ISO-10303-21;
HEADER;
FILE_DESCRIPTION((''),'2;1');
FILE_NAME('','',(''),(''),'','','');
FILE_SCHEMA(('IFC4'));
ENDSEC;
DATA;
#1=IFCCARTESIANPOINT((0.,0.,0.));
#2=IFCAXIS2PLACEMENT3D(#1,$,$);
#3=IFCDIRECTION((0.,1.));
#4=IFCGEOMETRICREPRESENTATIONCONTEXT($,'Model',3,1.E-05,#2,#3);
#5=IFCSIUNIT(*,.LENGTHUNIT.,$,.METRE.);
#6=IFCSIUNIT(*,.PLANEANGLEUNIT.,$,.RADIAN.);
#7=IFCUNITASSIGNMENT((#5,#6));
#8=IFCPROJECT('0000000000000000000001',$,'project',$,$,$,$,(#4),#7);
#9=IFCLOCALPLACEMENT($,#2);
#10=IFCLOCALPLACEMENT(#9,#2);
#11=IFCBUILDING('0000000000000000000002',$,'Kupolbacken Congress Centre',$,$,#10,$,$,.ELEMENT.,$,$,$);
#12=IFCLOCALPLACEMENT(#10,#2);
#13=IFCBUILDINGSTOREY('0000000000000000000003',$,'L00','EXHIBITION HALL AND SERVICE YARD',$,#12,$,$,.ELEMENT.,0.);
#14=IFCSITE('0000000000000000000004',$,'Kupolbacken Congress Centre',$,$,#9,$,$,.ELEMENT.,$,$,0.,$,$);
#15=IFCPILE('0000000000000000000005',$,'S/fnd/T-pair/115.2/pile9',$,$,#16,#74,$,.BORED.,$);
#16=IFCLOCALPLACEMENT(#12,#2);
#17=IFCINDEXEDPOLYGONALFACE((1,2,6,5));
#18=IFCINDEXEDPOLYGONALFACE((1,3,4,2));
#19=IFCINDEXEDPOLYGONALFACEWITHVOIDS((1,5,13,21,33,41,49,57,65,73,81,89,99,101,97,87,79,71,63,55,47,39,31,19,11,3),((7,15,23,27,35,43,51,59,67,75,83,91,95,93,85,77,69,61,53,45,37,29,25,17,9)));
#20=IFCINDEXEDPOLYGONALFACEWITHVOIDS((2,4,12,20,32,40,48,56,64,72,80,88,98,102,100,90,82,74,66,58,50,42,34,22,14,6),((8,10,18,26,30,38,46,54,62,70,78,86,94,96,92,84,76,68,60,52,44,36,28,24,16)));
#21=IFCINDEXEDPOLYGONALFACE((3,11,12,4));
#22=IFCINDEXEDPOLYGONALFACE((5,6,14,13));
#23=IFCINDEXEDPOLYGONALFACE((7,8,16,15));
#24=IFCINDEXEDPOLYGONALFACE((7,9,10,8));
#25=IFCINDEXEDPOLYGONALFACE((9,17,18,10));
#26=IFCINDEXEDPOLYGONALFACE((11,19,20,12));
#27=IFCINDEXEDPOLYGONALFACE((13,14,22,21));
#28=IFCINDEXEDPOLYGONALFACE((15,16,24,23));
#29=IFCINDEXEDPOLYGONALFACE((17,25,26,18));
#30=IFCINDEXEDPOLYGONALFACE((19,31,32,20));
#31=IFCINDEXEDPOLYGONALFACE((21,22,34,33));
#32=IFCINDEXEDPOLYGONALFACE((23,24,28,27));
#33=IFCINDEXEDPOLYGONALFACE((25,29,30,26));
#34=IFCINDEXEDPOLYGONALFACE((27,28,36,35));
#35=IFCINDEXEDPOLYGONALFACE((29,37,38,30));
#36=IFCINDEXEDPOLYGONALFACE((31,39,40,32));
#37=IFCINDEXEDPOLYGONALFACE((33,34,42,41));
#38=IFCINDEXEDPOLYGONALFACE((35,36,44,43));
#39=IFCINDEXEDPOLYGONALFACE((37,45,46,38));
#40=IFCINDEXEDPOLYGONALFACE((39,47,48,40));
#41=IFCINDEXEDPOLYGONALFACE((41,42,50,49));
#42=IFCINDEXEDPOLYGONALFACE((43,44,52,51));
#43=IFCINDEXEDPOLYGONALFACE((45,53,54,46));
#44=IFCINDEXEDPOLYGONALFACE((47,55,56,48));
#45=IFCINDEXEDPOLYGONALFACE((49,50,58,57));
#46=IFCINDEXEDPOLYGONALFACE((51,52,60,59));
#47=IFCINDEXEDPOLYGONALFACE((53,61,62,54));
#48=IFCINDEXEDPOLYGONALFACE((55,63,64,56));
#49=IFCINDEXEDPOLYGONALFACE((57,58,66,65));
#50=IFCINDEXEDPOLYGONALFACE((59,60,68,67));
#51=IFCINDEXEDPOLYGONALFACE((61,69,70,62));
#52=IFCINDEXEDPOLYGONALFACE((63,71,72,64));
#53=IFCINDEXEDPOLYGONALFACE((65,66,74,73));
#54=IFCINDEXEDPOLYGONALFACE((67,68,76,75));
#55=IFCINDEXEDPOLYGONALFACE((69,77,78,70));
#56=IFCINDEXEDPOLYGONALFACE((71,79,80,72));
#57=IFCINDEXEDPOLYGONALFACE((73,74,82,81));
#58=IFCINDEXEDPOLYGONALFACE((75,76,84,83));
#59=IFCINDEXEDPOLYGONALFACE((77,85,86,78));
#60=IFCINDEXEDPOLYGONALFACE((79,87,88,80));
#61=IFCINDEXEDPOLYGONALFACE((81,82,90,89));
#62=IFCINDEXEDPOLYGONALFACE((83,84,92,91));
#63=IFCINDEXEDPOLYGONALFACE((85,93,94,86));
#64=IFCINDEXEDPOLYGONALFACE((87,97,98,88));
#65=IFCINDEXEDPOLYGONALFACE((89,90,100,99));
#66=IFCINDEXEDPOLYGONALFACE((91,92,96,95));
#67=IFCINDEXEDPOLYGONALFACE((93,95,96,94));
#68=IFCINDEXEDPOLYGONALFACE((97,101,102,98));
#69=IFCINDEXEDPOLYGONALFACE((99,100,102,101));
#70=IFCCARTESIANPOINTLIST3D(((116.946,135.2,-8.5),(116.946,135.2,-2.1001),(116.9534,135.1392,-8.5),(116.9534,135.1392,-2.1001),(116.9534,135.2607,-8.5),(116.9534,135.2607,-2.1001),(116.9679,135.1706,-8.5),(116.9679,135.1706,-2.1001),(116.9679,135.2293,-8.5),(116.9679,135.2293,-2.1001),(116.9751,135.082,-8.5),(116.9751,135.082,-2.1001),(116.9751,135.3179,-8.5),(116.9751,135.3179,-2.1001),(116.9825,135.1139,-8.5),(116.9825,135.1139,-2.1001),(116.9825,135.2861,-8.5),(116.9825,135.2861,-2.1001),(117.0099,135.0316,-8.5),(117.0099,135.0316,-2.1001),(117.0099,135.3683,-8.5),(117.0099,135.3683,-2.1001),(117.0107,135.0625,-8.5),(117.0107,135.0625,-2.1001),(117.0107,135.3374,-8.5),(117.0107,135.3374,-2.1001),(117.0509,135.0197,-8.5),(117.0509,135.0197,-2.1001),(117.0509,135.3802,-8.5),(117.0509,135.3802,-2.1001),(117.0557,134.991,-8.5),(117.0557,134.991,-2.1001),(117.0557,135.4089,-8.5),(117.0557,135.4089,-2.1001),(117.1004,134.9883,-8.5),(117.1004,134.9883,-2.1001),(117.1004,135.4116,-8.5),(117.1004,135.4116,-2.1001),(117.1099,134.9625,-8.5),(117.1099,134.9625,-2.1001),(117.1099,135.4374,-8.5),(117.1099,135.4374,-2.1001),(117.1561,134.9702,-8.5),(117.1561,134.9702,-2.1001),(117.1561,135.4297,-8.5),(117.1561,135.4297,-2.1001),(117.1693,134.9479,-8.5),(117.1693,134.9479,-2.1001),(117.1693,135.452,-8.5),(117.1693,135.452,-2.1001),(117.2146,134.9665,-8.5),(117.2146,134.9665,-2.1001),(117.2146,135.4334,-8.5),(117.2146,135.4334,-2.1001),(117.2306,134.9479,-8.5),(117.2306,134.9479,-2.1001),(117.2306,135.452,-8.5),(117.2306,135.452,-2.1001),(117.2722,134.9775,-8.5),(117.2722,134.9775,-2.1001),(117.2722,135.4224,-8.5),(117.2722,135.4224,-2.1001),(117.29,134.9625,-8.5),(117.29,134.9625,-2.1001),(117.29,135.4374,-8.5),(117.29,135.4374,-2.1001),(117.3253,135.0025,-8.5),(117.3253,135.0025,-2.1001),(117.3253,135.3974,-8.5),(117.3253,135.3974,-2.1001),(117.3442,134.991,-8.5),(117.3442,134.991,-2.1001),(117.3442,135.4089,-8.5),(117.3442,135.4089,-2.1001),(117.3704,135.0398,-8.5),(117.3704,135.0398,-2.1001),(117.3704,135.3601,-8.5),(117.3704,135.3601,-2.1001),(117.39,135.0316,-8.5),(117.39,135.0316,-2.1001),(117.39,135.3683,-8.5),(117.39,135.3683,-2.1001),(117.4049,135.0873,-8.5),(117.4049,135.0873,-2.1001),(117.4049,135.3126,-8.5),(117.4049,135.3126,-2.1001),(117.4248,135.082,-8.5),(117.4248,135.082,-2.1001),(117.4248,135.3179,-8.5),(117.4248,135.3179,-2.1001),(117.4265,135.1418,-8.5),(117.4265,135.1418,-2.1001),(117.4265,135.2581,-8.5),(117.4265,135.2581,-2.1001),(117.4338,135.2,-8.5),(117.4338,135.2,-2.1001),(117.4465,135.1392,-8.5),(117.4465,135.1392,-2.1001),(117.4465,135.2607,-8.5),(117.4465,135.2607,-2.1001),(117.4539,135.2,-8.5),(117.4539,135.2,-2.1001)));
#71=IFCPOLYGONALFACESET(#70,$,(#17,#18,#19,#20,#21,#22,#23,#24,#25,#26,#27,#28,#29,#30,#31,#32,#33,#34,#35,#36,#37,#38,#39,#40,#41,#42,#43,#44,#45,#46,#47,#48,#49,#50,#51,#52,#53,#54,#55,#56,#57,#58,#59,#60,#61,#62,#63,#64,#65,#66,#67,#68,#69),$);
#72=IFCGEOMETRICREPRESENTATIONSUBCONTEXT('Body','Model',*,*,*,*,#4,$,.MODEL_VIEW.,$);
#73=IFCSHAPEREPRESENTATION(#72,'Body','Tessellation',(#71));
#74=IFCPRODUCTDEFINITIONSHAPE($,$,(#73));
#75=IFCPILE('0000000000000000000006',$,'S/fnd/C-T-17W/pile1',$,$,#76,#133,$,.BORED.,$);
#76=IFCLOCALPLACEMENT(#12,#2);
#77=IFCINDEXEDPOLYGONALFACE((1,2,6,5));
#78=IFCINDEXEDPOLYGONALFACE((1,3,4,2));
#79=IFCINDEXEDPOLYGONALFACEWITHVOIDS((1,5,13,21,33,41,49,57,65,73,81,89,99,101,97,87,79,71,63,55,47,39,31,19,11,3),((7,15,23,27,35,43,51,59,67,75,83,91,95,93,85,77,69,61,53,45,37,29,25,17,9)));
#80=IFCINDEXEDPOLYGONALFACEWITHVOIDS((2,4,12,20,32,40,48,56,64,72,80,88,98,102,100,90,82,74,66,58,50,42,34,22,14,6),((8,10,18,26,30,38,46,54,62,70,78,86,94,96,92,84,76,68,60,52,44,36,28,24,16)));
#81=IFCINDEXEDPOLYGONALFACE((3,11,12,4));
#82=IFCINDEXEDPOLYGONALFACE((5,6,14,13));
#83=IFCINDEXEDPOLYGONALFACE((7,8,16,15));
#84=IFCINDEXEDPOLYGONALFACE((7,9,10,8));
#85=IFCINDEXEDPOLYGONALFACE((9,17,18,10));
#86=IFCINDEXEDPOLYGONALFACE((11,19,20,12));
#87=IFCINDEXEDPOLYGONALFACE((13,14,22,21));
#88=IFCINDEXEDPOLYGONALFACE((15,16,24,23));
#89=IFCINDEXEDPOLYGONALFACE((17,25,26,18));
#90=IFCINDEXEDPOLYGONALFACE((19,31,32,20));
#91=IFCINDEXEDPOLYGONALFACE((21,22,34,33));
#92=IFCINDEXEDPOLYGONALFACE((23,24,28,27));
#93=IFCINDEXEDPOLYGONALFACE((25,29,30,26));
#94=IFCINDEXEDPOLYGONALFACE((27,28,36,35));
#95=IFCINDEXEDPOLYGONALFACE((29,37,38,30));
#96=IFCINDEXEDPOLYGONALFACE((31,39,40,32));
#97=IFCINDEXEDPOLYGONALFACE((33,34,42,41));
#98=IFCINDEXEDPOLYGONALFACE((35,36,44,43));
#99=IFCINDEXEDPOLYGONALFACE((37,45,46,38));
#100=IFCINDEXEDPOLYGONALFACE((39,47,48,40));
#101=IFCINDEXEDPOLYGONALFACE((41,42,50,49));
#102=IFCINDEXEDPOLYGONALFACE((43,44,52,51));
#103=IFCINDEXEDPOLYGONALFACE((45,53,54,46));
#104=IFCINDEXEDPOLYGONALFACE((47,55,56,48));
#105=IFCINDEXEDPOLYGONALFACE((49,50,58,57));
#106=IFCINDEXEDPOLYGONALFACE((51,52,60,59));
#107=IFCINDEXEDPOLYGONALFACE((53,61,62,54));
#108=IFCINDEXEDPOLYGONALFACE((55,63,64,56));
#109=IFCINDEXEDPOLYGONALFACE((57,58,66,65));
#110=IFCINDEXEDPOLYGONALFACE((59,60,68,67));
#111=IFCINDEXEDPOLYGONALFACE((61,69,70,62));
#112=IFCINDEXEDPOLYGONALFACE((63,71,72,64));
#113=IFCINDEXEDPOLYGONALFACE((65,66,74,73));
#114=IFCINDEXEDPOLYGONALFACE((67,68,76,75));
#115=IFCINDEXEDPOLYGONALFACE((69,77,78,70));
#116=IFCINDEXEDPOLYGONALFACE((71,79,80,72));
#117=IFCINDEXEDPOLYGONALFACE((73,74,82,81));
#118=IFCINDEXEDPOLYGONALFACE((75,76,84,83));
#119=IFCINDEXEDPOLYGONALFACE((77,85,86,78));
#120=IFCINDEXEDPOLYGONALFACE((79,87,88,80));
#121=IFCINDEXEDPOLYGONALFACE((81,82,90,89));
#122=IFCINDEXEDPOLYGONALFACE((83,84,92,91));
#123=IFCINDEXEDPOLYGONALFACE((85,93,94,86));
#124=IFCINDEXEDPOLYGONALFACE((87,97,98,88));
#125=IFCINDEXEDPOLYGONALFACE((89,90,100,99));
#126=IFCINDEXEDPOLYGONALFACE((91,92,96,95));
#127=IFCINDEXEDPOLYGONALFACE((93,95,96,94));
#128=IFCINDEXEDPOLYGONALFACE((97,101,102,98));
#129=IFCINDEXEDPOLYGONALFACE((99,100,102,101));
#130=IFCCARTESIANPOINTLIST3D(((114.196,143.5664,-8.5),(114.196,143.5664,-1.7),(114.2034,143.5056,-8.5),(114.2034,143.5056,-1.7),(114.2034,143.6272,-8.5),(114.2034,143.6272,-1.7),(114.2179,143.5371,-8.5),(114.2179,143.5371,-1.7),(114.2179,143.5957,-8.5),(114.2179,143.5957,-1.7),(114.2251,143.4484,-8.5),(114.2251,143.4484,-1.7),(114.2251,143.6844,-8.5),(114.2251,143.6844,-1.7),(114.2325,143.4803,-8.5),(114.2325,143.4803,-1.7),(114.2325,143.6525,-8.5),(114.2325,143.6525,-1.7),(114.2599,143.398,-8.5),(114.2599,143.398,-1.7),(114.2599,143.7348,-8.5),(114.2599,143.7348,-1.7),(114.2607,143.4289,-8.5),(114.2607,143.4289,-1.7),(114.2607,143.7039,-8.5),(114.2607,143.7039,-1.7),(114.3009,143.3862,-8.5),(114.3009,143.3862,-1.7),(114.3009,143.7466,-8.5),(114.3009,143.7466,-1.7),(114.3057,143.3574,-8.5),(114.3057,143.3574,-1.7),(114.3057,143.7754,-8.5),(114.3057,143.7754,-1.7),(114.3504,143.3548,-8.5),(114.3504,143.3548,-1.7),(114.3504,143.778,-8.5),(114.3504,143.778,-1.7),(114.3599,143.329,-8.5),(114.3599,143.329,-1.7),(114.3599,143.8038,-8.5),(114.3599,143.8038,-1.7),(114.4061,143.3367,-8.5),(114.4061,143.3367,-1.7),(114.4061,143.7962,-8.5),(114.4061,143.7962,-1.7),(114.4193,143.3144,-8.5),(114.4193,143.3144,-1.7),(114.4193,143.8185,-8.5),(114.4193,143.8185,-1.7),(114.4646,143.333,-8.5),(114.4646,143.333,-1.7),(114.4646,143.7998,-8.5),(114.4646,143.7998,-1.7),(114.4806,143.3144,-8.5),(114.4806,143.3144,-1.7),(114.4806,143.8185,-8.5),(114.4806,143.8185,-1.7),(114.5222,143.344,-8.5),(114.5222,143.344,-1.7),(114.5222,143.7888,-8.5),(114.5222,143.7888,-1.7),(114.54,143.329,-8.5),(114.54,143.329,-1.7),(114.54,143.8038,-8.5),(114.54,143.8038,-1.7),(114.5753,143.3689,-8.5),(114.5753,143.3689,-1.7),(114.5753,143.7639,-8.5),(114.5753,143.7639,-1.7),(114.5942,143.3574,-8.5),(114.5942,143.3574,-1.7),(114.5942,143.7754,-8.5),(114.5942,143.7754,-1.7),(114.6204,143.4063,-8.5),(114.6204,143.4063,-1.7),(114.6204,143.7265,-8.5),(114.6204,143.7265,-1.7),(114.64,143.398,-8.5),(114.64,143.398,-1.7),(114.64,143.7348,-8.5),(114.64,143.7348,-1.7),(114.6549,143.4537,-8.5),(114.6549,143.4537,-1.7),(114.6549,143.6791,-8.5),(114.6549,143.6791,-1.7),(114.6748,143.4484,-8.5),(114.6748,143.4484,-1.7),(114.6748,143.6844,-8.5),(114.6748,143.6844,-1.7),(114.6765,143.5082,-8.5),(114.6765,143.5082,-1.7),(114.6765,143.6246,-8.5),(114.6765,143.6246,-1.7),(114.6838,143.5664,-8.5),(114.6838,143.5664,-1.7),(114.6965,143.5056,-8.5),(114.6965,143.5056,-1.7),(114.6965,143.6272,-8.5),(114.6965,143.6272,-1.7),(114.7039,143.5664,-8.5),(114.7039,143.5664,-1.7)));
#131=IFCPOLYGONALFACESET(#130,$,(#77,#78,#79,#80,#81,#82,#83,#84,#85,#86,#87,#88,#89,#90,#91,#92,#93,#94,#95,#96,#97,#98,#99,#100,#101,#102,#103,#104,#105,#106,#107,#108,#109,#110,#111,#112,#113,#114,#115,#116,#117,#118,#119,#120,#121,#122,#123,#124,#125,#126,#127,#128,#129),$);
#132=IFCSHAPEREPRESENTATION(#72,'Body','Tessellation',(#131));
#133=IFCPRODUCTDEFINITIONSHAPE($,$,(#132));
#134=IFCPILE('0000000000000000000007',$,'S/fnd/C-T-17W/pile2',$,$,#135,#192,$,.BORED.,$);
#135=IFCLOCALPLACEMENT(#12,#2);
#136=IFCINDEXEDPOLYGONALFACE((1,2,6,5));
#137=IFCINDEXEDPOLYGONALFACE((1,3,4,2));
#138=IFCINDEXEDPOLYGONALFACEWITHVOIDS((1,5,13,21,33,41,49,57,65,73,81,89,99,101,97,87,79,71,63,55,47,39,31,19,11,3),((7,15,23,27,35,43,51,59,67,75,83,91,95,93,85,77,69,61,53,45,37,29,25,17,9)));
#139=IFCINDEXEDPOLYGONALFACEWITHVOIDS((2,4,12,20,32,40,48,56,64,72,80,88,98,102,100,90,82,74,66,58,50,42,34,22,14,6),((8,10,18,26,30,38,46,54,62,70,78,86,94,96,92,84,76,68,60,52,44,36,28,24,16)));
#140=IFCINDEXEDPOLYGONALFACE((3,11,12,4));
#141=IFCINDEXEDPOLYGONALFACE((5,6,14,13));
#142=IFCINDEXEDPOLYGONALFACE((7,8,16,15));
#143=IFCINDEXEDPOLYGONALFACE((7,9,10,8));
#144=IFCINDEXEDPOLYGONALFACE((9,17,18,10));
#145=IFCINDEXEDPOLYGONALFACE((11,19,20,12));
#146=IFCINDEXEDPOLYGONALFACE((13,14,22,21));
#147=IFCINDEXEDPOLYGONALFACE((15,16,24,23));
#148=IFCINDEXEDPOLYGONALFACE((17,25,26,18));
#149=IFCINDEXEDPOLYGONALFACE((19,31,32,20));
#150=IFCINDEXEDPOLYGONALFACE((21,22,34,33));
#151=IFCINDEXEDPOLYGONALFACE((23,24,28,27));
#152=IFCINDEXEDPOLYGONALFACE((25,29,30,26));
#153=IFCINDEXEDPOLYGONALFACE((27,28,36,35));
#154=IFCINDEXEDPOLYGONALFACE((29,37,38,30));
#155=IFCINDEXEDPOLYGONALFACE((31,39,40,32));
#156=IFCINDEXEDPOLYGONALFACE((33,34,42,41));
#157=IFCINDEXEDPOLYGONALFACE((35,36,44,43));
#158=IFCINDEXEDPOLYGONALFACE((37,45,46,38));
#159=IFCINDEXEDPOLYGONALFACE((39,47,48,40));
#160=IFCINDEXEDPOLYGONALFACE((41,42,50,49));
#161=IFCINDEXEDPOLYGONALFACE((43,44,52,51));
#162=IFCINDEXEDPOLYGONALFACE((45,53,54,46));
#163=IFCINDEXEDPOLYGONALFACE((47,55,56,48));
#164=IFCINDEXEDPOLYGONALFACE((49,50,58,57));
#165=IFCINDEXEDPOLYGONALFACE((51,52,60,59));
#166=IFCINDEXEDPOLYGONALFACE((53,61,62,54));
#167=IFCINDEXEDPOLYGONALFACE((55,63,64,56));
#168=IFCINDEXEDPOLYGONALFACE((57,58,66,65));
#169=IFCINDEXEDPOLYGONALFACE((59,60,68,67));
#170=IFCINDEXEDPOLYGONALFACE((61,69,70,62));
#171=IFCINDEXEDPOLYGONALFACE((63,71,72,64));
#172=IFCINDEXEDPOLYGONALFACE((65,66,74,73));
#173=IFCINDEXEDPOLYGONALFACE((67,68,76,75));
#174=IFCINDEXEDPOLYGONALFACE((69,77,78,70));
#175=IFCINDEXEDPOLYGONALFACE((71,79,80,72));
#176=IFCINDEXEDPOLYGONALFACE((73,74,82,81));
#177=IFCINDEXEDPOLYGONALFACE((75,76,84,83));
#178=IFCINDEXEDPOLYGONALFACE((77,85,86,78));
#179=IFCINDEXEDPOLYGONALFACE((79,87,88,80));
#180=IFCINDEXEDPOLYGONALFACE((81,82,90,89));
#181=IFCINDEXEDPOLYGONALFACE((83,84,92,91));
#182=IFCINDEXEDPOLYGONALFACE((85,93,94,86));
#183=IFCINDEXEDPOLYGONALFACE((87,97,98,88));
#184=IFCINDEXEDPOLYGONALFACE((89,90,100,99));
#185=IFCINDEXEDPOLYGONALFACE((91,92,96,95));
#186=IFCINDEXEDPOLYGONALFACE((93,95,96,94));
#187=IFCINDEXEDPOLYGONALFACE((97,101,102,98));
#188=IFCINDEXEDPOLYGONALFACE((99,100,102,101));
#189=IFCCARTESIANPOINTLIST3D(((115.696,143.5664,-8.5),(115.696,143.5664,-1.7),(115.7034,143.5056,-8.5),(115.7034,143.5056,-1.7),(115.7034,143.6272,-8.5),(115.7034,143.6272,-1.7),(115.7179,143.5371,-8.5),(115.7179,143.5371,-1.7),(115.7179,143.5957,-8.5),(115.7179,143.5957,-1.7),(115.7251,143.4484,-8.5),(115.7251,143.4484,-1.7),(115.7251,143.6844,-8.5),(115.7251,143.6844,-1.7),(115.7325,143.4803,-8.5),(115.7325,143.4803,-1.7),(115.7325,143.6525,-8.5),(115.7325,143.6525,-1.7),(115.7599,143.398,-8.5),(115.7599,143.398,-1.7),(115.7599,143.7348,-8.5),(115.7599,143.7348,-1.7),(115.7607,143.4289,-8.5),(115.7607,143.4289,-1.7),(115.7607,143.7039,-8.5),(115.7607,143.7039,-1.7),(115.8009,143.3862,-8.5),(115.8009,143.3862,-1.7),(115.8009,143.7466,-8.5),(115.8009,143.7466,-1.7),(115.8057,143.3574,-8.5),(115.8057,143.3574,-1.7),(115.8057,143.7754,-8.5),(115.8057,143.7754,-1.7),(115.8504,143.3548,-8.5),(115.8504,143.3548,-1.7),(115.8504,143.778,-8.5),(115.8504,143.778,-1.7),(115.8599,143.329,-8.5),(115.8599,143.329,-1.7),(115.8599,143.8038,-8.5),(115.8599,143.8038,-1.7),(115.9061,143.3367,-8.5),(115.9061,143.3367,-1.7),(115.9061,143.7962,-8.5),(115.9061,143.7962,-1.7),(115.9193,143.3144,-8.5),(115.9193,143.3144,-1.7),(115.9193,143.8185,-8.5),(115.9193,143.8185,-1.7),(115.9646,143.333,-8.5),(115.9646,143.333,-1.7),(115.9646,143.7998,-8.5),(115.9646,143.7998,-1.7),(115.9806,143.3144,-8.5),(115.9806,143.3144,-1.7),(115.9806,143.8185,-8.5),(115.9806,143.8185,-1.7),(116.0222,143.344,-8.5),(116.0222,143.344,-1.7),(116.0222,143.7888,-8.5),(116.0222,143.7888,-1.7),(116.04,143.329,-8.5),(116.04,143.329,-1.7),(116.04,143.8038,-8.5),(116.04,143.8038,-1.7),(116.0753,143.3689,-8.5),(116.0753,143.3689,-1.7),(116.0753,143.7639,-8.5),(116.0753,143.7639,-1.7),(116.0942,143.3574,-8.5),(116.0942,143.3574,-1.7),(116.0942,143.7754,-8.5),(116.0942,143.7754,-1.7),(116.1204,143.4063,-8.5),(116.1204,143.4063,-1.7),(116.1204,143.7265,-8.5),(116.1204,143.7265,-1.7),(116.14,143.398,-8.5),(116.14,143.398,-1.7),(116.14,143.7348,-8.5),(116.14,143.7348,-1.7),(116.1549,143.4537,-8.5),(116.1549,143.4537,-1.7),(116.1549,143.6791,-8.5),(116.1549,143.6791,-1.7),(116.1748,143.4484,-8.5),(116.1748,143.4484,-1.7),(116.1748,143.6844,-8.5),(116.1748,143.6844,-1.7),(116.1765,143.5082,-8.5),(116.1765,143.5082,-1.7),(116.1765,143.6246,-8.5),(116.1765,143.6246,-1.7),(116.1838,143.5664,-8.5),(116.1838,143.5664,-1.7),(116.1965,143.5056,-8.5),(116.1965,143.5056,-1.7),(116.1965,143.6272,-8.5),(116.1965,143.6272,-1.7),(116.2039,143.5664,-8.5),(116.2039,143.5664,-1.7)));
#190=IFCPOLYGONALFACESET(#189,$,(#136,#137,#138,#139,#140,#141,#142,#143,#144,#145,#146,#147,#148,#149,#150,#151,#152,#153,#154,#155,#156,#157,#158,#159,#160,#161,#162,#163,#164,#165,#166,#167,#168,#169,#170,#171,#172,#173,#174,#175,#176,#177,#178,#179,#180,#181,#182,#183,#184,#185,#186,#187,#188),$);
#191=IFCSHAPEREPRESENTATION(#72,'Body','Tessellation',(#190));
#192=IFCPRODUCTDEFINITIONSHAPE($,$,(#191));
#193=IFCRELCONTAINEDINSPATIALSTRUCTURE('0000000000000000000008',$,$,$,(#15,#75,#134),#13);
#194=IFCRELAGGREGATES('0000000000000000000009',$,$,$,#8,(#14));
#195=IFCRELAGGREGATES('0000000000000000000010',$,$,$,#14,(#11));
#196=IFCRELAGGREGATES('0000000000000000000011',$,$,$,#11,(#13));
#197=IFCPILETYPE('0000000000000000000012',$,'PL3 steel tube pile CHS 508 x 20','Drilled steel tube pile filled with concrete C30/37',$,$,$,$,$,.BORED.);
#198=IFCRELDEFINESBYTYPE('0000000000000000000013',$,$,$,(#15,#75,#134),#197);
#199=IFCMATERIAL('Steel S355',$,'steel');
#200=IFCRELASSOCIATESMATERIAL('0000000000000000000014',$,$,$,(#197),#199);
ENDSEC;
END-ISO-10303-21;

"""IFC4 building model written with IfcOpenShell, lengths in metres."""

from ifc_helpers import new_model, si_unit, direction, frame, origin, origin_2d, place, context, subcontext, project, spatial, hollow_circle, extrude, material, material_profile, profile_set, type_object, element, save


model = new_model("IFC4")

# Units and contexts
model_context = context("Model", 3, precision=1e-05, world=origin(), true_north=direction((0.0, 1.0)))
body_context = subcontext(model_context, "Body", "Model", "MODEL_VIEW")
ifc_project = project(units=[si_unit("LENGTHUNIT", "METRE"), si_unit("PLANEANGLEUNIT", "RADIAN")], contexts=[model_context])

# Site, building, storey
site_placement = place(None, origin())
site = spatial("IfcSite", under=ifc_project, at=site_placement, Name="Kupolbacken Congress Centre", CompositionType="ELEMENT", RefElevation=0.0)
building_placement = place(site_placement, origin())
building = spatial("IfcBuilding", under=site, at=building_placement, Name="Kupolbacken Congress Centre", CompositionType="ELEMENT")
storey_placement = place(building_placement, origin())
storey = spatial("IfcBuildingStorey", under=building, at=storey_placement, Name="L00", Description="EXHIBITION HALL AND SERVICE YARD", CompositionType="ELEMENT", Elevation=0.0)

# Piles
ifc_material_1 = material(Name="Steel S355", Category="steel")
ifc_material_profile_1 = material_profile(ifc_material_1, hollow_circle(Radius=0.2539, WallThickness=0.02, at=origin_2d()), Name="CHS 508 x 20")
ifc_profile_set_1 = profile_set([ifc_material_profile_1], Name="Steel S355")
pile_type = type_object("IfcPileType", Name="PL3 steel tube pile CHS 508 x 20", Description="Drilled steel tube pile filled with concrete C30/37", PredefinedType="BORED", material=ifc_profile_set_1)
for number, where, z_axis, x_axis, name in (
    (1, (117.2, 135.2, -2.1001), (0.0, 0.0, -1.0), (1.0, 0.0, 0.0), "S/fnd/T-pair/115.2/pile9"),
):
    element("IfcPile", number, at=place(storey_placement, frame(where, z_axis=z_axis, x_axis=x_axis)), inside=storey, type_object=pile_type, Name=name, PredefinedType="BORED", context=body_context, shape_type="SweptSolid", body=[
        extrude(hollow_circle(Radius=0.2539, WallThickness=0.02, at=origin_2d()), origin(), (0.0, 0.0, 1.0), 6.3999),
    ])
for number, where, z_axis, x_axis, name in (
    (2, (114.45, 143.5664, -1.7), (0.0, 0.0, -1.0), (1.0, 0.0, 0.0), "S/fnd/C-T-17W/pile1"),
    (3, (115.95, 143.5664, -1.7), (0.0, 0.0, -1.0), (1.0, 0.0, 0.0), "S/fnd/C-T-17W/pile2"),
):
    element("IfcPile", number, at=place(storey_placement, frame(where, z_axis=z_axis, x_axis=x_axis)), inside=storey, type_object=pile_type, Name=name, PredefinedType="BORED", context=body_context, shape_type="SweptSolid", body=[
        extrude(hollow_circle(Radius=0.2539, WallThickness=0.02, at=origin_2d()), origin(), (0.0, 0.0, 1.0), 6.8),
    ])

save(model, "model.ifc")
